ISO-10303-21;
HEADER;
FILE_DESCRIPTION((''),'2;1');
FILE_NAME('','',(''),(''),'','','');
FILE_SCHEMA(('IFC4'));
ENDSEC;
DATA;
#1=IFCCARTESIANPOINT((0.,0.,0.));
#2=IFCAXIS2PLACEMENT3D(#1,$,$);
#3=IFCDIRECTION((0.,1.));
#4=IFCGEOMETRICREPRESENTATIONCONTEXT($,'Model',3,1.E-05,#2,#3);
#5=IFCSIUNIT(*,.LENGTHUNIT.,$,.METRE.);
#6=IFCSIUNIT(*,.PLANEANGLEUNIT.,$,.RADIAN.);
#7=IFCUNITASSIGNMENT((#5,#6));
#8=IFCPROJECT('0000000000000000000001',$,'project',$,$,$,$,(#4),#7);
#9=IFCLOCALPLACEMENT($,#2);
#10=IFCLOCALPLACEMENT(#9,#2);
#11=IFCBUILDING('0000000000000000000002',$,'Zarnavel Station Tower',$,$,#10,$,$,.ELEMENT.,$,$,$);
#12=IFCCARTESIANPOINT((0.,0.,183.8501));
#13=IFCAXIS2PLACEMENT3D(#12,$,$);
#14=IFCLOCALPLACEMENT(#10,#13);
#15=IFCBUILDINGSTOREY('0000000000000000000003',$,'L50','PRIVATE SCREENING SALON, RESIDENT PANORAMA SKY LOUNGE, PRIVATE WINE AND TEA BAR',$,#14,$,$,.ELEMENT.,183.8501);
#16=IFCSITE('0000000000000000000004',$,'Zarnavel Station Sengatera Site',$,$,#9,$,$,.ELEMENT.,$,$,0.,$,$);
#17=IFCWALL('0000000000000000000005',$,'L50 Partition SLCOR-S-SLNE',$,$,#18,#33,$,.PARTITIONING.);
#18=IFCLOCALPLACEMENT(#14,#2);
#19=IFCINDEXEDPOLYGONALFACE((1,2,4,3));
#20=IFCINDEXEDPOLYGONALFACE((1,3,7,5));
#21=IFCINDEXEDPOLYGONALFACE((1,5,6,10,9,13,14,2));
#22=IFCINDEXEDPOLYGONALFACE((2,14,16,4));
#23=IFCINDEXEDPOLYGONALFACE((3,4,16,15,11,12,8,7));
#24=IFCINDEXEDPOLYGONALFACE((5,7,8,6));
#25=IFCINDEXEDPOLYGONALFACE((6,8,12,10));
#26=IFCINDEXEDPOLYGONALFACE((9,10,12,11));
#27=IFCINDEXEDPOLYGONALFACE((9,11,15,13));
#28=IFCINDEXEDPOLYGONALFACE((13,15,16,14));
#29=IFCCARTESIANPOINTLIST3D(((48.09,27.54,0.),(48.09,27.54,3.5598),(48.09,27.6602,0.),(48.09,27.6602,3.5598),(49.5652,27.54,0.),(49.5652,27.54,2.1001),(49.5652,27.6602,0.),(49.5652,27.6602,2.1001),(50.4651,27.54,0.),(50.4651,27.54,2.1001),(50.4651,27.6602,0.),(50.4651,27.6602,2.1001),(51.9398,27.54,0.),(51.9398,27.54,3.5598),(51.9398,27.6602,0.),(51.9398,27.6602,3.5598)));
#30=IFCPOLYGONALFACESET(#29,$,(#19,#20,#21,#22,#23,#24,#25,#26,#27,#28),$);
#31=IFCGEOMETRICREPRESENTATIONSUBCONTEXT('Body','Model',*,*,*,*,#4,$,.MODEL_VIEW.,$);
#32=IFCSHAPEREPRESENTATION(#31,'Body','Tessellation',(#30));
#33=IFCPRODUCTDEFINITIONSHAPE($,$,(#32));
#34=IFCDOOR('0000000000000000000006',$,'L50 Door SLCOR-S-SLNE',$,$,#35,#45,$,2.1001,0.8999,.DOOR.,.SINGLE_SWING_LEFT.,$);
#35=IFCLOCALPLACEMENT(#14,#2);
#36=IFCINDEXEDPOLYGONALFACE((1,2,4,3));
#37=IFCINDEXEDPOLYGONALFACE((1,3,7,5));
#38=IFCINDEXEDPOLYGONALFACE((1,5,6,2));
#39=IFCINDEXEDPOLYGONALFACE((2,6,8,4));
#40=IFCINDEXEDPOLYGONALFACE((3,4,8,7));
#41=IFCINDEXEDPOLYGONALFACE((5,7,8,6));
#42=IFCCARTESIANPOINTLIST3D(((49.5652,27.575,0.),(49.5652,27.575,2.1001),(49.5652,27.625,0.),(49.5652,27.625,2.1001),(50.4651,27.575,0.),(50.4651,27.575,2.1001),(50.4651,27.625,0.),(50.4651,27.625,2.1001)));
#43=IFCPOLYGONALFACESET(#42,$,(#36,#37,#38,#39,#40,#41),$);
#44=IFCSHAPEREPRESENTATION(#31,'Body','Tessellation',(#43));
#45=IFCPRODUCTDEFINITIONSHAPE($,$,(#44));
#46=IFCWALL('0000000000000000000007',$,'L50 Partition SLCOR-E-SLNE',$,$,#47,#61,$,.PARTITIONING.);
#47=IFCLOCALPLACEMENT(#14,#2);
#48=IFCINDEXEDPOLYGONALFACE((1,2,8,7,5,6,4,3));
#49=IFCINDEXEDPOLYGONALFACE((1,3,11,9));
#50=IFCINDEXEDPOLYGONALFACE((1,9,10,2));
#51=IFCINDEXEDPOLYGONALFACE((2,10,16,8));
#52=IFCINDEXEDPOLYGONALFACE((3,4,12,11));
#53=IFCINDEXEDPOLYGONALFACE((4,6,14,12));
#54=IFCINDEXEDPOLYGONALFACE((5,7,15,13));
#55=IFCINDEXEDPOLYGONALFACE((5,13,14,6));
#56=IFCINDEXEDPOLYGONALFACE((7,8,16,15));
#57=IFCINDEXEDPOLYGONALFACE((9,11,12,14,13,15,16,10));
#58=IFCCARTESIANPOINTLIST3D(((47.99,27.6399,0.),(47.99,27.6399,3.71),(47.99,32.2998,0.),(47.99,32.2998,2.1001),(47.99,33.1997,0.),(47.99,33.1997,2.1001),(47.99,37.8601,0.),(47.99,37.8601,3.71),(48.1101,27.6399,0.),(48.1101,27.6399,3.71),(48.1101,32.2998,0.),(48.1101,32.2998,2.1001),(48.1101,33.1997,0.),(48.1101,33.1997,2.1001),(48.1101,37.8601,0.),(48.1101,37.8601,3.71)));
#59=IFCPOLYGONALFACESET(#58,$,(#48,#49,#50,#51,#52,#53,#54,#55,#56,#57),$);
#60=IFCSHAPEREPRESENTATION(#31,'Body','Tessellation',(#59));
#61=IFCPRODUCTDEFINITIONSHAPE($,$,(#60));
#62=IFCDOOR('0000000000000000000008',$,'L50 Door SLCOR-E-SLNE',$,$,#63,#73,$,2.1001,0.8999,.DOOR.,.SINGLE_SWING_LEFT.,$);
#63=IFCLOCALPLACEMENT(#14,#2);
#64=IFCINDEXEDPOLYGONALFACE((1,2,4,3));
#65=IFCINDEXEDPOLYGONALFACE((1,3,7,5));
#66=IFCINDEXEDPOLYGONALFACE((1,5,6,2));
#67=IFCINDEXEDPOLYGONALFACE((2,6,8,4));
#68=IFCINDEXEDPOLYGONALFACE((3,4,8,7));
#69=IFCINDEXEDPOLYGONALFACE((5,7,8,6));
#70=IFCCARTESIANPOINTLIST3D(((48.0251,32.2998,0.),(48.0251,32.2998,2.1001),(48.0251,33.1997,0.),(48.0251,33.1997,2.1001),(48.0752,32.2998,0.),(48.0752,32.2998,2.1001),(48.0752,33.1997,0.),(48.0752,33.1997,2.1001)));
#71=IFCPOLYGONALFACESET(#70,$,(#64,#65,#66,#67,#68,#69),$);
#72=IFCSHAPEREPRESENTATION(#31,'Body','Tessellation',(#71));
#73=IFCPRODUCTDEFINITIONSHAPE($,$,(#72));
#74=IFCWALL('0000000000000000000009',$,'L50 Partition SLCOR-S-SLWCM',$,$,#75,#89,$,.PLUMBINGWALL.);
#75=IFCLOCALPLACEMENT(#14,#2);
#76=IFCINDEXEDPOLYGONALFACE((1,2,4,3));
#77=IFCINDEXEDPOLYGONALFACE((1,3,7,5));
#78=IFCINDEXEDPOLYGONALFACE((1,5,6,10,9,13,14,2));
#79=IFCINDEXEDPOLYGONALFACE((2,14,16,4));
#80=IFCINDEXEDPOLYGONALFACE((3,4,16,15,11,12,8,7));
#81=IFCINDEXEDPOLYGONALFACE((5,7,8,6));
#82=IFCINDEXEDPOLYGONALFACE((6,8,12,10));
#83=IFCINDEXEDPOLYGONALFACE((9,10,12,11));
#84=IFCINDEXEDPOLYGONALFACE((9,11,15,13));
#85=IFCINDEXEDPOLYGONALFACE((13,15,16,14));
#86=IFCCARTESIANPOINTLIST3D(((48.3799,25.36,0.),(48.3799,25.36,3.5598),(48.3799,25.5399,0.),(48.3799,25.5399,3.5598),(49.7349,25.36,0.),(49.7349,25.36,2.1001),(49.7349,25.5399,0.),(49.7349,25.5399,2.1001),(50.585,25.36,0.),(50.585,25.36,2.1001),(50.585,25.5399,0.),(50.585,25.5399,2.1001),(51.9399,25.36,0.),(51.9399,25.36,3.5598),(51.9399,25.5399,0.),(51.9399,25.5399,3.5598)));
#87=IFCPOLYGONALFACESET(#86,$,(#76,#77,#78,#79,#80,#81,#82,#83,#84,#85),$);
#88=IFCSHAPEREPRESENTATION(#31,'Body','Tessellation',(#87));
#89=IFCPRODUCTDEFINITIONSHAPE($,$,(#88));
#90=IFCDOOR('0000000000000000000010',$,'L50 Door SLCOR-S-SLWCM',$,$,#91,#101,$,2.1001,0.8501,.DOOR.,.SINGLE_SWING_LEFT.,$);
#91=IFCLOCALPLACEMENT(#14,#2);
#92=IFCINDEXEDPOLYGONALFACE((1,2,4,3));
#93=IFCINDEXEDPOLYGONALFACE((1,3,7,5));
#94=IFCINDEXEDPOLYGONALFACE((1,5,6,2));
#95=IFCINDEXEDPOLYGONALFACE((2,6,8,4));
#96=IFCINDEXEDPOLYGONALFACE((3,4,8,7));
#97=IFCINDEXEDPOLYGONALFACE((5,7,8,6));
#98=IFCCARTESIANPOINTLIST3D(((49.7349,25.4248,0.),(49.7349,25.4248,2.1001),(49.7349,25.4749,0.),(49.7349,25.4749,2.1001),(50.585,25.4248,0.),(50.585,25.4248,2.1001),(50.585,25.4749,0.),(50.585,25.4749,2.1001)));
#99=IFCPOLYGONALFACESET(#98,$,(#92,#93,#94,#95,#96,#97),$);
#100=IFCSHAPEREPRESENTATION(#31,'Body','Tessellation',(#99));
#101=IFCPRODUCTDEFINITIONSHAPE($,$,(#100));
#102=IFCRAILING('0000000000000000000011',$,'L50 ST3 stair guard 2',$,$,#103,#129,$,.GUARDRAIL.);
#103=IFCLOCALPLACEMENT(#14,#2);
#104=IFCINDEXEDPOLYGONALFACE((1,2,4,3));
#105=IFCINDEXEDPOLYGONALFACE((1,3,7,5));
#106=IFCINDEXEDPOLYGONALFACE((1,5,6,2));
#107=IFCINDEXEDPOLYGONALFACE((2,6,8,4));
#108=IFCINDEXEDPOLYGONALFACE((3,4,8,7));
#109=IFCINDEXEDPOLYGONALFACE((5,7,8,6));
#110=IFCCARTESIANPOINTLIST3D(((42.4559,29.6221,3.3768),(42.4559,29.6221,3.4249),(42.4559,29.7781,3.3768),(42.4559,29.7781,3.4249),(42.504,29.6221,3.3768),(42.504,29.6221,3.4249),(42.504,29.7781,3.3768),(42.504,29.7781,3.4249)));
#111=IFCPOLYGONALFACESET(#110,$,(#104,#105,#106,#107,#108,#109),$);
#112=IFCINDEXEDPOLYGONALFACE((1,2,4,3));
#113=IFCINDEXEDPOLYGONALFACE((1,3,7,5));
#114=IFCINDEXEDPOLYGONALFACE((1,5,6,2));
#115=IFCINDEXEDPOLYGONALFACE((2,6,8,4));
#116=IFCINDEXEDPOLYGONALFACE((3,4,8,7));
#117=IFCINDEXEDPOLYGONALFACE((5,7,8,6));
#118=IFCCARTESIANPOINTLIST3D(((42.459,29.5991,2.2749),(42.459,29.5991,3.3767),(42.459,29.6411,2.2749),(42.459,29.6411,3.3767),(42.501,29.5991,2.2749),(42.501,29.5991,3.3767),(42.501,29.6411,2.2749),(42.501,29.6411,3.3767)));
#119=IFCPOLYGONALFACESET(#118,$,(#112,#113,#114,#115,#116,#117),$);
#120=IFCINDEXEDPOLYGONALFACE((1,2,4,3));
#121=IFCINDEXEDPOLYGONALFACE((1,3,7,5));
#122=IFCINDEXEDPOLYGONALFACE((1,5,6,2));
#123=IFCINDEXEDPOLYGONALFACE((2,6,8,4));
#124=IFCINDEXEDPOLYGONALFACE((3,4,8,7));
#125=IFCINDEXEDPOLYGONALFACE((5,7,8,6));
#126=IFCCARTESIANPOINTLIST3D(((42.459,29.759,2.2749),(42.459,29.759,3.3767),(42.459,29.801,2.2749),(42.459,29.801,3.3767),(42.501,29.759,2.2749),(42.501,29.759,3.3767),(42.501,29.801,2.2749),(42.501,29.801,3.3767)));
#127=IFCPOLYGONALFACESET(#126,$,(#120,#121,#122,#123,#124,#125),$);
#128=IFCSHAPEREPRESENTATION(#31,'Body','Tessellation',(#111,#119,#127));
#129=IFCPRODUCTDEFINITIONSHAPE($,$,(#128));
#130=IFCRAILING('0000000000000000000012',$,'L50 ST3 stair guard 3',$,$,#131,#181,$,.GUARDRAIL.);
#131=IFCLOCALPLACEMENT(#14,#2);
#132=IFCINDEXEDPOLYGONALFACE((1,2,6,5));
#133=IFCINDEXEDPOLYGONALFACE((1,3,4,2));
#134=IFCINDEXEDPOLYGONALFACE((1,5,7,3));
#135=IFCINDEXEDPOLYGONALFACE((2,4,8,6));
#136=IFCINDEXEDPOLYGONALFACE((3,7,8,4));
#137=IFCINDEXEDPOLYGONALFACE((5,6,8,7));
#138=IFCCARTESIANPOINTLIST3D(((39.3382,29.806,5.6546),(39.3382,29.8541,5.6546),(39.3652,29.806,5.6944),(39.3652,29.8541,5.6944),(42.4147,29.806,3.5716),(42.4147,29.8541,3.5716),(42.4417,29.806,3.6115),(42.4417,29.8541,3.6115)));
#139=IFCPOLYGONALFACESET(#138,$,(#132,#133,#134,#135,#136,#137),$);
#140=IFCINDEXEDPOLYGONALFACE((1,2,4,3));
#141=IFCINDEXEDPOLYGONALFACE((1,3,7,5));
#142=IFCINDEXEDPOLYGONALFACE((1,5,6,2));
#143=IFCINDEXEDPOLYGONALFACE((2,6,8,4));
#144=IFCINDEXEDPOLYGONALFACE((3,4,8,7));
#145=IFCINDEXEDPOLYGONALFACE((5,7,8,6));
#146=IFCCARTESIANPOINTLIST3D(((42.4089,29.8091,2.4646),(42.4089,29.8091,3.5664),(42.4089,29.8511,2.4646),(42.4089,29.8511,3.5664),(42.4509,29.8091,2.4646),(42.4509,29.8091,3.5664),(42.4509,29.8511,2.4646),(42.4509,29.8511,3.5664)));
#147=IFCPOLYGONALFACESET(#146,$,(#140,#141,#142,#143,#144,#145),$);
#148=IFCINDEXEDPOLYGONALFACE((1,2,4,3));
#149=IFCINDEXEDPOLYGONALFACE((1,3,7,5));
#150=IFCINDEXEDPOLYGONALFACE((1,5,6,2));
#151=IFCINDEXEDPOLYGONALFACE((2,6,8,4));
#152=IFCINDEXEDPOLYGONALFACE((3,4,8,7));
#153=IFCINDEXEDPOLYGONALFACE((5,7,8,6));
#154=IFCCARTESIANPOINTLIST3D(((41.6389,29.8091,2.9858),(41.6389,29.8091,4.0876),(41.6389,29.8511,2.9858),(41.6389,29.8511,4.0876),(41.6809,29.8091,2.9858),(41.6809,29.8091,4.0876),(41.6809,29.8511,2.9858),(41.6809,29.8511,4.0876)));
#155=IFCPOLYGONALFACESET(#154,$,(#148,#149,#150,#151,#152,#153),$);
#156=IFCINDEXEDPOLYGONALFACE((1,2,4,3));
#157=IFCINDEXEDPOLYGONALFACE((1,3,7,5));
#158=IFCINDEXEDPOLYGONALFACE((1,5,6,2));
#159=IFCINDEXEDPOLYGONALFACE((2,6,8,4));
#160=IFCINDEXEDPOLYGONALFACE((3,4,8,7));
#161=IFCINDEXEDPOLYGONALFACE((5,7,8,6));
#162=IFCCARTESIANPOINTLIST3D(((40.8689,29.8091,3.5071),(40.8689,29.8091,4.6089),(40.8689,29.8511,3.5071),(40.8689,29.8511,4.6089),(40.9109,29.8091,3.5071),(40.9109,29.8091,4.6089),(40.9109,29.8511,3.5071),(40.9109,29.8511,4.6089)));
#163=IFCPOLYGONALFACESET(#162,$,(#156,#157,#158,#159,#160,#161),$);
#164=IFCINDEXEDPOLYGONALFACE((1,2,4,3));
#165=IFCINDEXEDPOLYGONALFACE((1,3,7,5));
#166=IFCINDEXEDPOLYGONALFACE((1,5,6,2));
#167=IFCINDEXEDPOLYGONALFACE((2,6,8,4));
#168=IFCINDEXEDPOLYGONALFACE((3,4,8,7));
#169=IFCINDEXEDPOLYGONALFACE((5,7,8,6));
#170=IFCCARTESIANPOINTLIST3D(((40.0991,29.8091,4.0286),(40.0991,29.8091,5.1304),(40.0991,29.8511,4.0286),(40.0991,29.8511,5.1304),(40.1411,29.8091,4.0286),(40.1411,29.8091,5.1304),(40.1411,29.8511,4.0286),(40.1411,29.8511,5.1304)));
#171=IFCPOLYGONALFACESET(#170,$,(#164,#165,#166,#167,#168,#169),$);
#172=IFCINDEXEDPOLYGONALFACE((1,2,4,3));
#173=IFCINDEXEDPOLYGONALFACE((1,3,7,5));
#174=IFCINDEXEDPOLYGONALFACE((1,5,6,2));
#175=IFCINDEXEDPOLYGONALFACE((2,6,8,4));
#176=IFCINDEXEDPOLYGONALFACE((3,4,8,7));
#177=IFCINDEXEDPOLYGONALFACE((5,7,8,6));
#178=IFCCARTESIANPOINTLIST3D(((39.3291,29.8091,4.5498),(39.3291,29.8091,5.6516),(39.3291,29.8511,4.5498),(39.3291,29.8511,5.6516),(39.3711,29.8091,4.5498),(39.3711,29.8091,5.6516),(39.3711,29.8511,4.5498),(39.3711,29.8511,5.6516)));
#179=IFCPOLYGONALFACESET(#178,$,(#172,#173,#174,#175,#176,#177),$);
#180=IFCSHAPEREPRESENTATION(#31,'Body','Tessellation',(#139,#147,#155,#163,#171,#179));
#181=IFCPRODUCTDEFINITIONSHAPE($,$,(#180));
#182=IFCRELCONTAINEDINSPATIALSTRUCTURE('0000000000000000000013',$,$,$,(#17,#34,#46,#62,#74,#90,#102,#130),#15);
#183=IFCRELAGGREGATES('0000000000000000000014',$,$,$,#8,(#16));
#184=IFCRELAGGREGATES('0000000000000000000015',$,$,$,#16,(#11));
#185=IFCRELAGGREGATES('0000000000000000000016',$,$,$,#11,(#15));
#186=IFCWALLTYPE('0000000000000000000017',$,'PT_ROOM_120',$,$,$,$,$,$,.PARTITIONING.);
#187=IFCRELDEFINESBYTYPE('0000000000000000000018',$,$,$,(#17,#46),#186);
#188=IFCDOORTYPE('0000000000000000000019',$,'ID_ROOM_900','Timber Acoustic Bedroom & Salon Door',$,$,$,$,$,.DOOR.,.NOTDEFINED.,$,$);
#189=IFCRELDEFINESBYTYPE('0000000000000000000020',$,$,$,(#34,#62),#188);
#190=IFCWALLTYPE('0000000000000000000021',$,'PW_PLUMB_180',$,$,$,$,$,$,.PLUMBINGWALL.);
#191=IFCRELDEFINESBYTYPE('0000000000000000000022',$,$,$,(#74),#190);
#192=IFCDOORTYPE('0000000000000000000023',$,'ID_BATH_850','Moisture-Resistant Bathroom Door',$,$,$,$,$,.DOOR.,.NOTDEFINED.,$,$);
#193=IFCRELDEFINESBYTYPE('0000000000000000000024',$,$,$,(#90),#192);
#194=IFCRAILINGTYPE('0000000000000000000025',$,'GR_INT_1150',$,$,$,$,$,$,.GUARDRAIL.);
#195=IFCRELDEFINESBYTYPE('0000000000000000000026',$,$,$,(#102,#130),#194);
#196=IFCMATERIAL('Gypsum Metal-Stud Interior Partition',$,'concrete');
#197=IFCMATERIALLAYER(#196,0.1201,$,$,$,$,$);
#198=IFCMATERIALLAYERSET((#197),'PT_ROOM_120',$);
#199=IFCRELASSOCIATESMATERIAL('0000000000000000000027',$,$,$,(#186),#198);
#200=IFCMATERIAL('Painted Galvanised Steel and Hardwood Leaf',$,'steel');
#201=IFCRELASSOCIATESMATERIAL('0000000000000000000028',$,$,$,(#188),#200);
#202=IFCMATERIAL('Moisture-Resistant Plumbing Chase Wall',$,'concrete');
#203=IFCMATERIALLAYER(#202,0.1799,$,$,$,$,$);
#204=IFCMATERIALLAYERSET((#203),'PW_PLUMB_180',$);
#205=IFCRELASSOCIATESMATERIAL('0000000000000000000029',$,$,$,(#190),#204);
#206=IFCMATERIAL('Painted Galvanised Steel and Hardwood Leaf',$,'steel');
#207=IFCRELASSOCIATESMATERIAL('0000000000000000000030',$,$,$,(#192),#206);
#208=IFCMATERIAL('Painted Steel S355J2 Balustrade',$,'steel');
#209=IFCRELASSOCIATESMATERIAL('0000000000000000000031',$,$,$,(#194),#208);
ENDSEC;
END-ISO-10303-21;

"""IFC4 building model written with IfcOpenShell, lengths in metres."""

from ifc_helpers import new_model, si_unit, direction, frame, frame_2d, origin, origin_2d, place, context, subcontext, project, spatial, rectangle, extrude, material, layer, layer_set, type_object, element, fill, save


model = new_model("IFC4")

# Units and contexts
model_context = context("Model", 3, precision=1e-05, world=origin(), true_north=direction((0.0, 1.0)))
body_context = subcontext(model_context, "Body", "Model", "MODEL_VIEW")
ifc_project = project(units=[si_unit("LENGTHUNIT", "METRE"), si_unit("PLANEANGLEUNIT", "RADIAN")], contexts=[model_context])

# Site, building, storey
site_placement = place(None, origin())
site = spatial("IfcSite", under=ifc_project, at=site_placement, Name="Zarnavel Station Sengatera Site", CompositionType="ELEMENT", RefElevation=0.0)
building_placement = place(site_placement, origin())
building = spatial("IfcBuilding", under=site, at=building_placement, Name="Zarnavel Station Tower", CompositionType="ELEMENT")
storey_placement = place(building_placement, frame((0.0, 0.0, 183.8501)))
storey = spatial("IfcBuildingStorey", under=building, at=storey_placement, Name="L50", Description="PRIVATE SCREENING SALON, RESIDENT PANORAMA SKY LOUNGE, PRIVATE WINE AND TEA BAR", CompositionType="ELEMENT", Elevation=183.8501)

# Walls, openings, doors
ifc_material_1 = material(Name="Gypsum Metal-Stud Interior Partition", Category="concrete")
ifc_layer_1 = layer(ifc_material_1, 0.1201)
ifc_layer_set_1 = layer_set([ifc_layer_1], Name="PT_ROOM_120")
wall_type_1 = type_object("IfcWallType", Name="PT_ROOM_120", PredefinedType="PARTITIONING", material=ifc_layer_set_1)
wall_1_placement = place(storey_placement, frame((48.0901, 27.6001, 0.0), z_axis=(0.0, 0.0, 1.0), x_axis=(1.0, 0.0, 0.0)))
wall_1 = element("IfcWall", 1, at=wall_1_placement, inside=storey, type_object=wall_type_1, Name="L50 Partition SLCOR-S-SLNE", PredefinedType="PARTITIONING", context=body_context, shape_type="SweptSolid", body=[
    extrude(rectangle(XDim=3.8499, YDim=0.1201, at=frame_2d((1.9248, 0.0))), origin(), (0.0, 0.0, 1.0), 3.5598),
])
opening_1_placement = place(wall_1_placement, frame((1.4751, 0.0, 0.0)))
opening_1 = element("IfcOpeningElement", 2, at=opening_1_placement, cuts=wall_1, PredefinedType="OPENING", context=body_context, shape_type="SweptSolid", body=[
    extrude(rectangle(XDim=0.8999, YDim=2.1001, at=frame_2d((0.45, 1.05))), frame((0.0, 0.0701, 0.0), z_axis=(0.0, -1.0, 0.0), x_axis=(1.0, 0.0, 0.0)), (0.0, 0.0, 1.0), 0.1401),
])
ifc_material_2 = material(Name="Painted Galvanised Steel and Hardwood Leaf", Category="steel")
door_type_1 = type_object("IfcDoorType", Name="ID_ROOM_900", Description="Timber Acoustic Bedroom & Salon Door", OperationType="NOTDEFINED", PredefinedType="DOOR", material=ifc_material_2)
door_1_placement = place(opening_1_placement, origin())
door_1 = element("IfcDoor", 3, at=door_1_placement, inside=storey, type_object=door_type_1, Name="L50 Door SLCOR-S-SLNE", OperationType="SINGLE_SWING_LEFT", OverallHeight=2.1001, OverallWidth=0.8999, PredefinedType="DOOR", context=body_context, shape_type="SweptSolid", body=[
    extrude(rectangle(XDim=0.8999, YDim=2.1001, at=frame_2d((0.45, 1.05))), frame((0.0, 0.0249, 0.0), z_axis=(0.0, -1.0, 0.0), x_axis=(1.0, 0.0, 0.0)), (0.0, 0.0, 1.0), 0.05),
])
fill(opening_1, door_1)
wall_2_placement = place(storey_placement, frame((48.05, 27.6399, 0.0), z_axis=(0.0, 0.0, 1.0), x_axis=(0.0, 1.0, 0.0)))
wall_2 = element("IfcWall", 4, at=wall_2_placement, inside=storey, type_object=wall_type_1, Name="L50 Partition SLCOR-E-SLNE", PredefinedType="PARTITIONING", context=body_context, shape_type="SweptSolid", body=[
    extrude(rectangle(XDim=10.2202, YDim=0.1201, at=frame_2d((5.1101, 0.0))), origin(), (0.0, 0.0, 1.0), 3.71),
])
opening_2_placement = place(wall_2_placement, frame((4.6599, 0.0, 0.0)))
opening_2 = element("IfcOpeningElement", 5, at=opening_2_placement, cuts=wall_2, PredefinedType="OPENING", context=body_context, shape_type="SweptSolid", body=[
    extrude(rectangle(XDim=0.8999, YDim=2.1001, at=frame_2d((0.45, 1.05))), frame((0.0, 0.0701, 0.0), z_axis=(0.0, -1.0, 0.0), x_axis=(1.0, 0.0, 0.0)), (0.0, 0.0, 1.0), 0.1401),
])
door_2_placement = place(opening_2_placement, origin())
door_2 = element("IfcDoor", 6, at=door_2_placement, inside=storey, type_object=door_type_1, Name="L50 Door SLCOR-E-SLNE", OperationType="SINGLE_SWING_LEFT", OverallHeight=2.1001, OverallWidth=0.8999, PredefinedType="DOOR", context=body_context, shape_type="SweptSolid", body=[
    extrude(rectangle(XDim=0.8999, YDim=2.1001, at=frame_2d((0.45, 1.05))), frame((0.0, 0.0249, 0.0), z_axis=(0.0, -1.0, 0.0), x_axis=(1.0, 0.0, 0.0)), (0.0, 0.0, 1.0), 0.05),
])
fill(opening_2, door_2)
ifc_material_3 = material(Name="Moisture-Resistant Plumbing Chase Wall", Category="concrete")
ifc_layer_2 = layer(ifc_material_3, 0.1799)
ifc_layer_set_2 = layer_set([ifc_layer_2], Name="PW_PLUMB_180")
wall_type_2 = type_object("IfcWallType", Name="PW_PLUMB_180", PredefinedType="PLUMBINGWALL", material=ifc_layer_set_2)
wall_3_placement = place(storey_placement, frame((48.3799, 25.45, 0.0), z_axis=(0.0, 0.0, 1.0), x_axis=(1.0, 0.0, 0.0)))
wall_3 = element("IfcWall", 7, at=wall_3_placement, inside=storey, type_object=wall_type_2, Name="L50 Partition SLCOR-S-SLWCM", PredefinedType="PLUMBINGWALL", context=body_context, shape_type="SweptSolid", body=[
    extrude(rectangle(XDim=3.5601, YDim=0.1799, at=frame_2d((1.78, 0.0))), origin(), (0.0, 0.0, 1.0), 3.5598),
])
opening_3_placement = place(wall_3_placement, frame((1.355, 0.0, 0.0)))
opening_3 = element("IfcOpeningElement", 8, at=opening_3_placement, cuts=wall_3, PredefinedType="OPENING", context=body_context, shape_type="SweptSolid", body=[
    extrude(rectangle(XDim=0.8501, YDim=2.1001, at=frame_2d((0.425, 1.05))), frame((0.0, 0.0999, 0.0), z_axis=(0.0, -1.0, 0.0), x_axis=(1.0, 0.0, 0.0)), (0.0, 0.0, 1.0), 0.2),
])
ifc_material_4 = material(Name="Painted Galvanised Steel and Hardwood Leaf", Category="steel")
door_type_2 = type_object("IfcDoorType", Name="ID_BATH_850", Description="Moisture-Resistant Bathroom Door", OperationType="NOTDEFINED", PredefinedType="DOOR", material=ifc_material_4)
door_3_placement = place(opening_3_placement, origin())
door_3 = element("IfcDoor", 9, at=door_3_placement, inside=storey, type_object=door_type_2, Name="L50 Door SLCOR-S-SLWCM", OperationType="SINGLE_SWING_LEFT", OverallHeight=2.1001, OverallWidth=0.8501, PredefinedType="DOOR", context=body_context, shape_type="SweptSolid", body=[
    extrude(rectangle(XDim=0.8501, YDim=2.1001, at=frame_2d((0.425, 1.05))), frame((0.0, 0.0249, 0.0), z_axis=(0.0, -1.0, 0.0), x_axis=(1.0, 0.0, 0.0)), (0.0, 0.0, 1.0), 0.05),
])
fill(opening_3, door_3)

# Railings
ifc_material_5 = material(Name="Painted Steel S355J2 Balustrade", Category="steel")
railing_type = type_object("IfcRailingType", Name="GR_INT_1150", PredefinedType="GUARDRAIL", material=ifc_material_5)
railing_1_placement = place(storey_placement, frame((42.48, 29.6201, 2.2749)))
element("IfcRailing", 10, at=railing_1_placement, inside=storey, type_object=railing_type, Name="L50 ST3 stair guard 2", PredefinedType="GUARDRAIL", context=body_context, shape_type="SweptSolid", body=[
    extrude(rectangle(XDim=0.0481, YDim=0.0481, at=origin_2d()), frame((0.0, 0.002, 1.126), z_axis=(0.0, 1.0, 0.0), x_axis=(-1.0, 0.0, 0.0)), (0.0, 0.0, 1.0), 0.156),
    extrude(rectangle(XDim=0.042, YDim=0.042, at=origin_2d()), origin(), (0.0, 0.0, 1.0), 1.1018),
    extrude(rectangle(XDim=0.042, YDim=0.042, at=origin_2d()), frame((0.0, 0.1599, 0.0)), (0.0, 0.0, 1.0), 1.1018),
])
railing_2_placement = place(storey_placement, frame((42.4299, 29.8301, 2.4646)))
element("IfcRailing", 11, at=railing_2_placement, inside=storey, type_object=railing_type, Name="L50 ST3 stair guard 3", PredefinedType="GUARDRAIL", context=body_context, shape_type="SweptSolid", body=[
    extrude(rectangle(XDim=0.0481, YDim=0.0481, at=origin_2d()), frame((-0.0017, 0.0, 1.127), z_axis=(-0.82806, 0.0, 0.560639), x_axis=(0.0, -1.0, 0.0)), (0.0, 0.0, 1.0), 3.7153),
    extrude(rectangle(XDim=0.042, YDim=0.042, at=origin_2d()), origin(), (0.0, 0.0, 1.0), 1.1018),
    extrude(rectangle(XDim=0.042, YDim=0.042, at=origin_2d()), frame((-0.77, 0.0, 0.5212)), (0.0, 0.0, 1.0), 1.1018),
    extrude(rectangle(XDim=0.042, YDim=0.042, at=origin_2d()), frame((-1.54, 0.0, 1.0425)), (0.0, 0.0, 1.0), 1.1018),
    extrude(rectangle(XDim=0.042, YDim=0.042, at=origin_2d()), frame((-2.3098, 0.0, 1.564)), (0.0, 0.0, 1.0), 1.1018),
    extrude(rectangle(XDim=0.042, YDim=0.042, at=origin_2d()), frame((-3.0798, 0.0, 2.0852)), (0.0, 0.0, 1.0), 1.1018),
])

save(model, "model.ifc")
